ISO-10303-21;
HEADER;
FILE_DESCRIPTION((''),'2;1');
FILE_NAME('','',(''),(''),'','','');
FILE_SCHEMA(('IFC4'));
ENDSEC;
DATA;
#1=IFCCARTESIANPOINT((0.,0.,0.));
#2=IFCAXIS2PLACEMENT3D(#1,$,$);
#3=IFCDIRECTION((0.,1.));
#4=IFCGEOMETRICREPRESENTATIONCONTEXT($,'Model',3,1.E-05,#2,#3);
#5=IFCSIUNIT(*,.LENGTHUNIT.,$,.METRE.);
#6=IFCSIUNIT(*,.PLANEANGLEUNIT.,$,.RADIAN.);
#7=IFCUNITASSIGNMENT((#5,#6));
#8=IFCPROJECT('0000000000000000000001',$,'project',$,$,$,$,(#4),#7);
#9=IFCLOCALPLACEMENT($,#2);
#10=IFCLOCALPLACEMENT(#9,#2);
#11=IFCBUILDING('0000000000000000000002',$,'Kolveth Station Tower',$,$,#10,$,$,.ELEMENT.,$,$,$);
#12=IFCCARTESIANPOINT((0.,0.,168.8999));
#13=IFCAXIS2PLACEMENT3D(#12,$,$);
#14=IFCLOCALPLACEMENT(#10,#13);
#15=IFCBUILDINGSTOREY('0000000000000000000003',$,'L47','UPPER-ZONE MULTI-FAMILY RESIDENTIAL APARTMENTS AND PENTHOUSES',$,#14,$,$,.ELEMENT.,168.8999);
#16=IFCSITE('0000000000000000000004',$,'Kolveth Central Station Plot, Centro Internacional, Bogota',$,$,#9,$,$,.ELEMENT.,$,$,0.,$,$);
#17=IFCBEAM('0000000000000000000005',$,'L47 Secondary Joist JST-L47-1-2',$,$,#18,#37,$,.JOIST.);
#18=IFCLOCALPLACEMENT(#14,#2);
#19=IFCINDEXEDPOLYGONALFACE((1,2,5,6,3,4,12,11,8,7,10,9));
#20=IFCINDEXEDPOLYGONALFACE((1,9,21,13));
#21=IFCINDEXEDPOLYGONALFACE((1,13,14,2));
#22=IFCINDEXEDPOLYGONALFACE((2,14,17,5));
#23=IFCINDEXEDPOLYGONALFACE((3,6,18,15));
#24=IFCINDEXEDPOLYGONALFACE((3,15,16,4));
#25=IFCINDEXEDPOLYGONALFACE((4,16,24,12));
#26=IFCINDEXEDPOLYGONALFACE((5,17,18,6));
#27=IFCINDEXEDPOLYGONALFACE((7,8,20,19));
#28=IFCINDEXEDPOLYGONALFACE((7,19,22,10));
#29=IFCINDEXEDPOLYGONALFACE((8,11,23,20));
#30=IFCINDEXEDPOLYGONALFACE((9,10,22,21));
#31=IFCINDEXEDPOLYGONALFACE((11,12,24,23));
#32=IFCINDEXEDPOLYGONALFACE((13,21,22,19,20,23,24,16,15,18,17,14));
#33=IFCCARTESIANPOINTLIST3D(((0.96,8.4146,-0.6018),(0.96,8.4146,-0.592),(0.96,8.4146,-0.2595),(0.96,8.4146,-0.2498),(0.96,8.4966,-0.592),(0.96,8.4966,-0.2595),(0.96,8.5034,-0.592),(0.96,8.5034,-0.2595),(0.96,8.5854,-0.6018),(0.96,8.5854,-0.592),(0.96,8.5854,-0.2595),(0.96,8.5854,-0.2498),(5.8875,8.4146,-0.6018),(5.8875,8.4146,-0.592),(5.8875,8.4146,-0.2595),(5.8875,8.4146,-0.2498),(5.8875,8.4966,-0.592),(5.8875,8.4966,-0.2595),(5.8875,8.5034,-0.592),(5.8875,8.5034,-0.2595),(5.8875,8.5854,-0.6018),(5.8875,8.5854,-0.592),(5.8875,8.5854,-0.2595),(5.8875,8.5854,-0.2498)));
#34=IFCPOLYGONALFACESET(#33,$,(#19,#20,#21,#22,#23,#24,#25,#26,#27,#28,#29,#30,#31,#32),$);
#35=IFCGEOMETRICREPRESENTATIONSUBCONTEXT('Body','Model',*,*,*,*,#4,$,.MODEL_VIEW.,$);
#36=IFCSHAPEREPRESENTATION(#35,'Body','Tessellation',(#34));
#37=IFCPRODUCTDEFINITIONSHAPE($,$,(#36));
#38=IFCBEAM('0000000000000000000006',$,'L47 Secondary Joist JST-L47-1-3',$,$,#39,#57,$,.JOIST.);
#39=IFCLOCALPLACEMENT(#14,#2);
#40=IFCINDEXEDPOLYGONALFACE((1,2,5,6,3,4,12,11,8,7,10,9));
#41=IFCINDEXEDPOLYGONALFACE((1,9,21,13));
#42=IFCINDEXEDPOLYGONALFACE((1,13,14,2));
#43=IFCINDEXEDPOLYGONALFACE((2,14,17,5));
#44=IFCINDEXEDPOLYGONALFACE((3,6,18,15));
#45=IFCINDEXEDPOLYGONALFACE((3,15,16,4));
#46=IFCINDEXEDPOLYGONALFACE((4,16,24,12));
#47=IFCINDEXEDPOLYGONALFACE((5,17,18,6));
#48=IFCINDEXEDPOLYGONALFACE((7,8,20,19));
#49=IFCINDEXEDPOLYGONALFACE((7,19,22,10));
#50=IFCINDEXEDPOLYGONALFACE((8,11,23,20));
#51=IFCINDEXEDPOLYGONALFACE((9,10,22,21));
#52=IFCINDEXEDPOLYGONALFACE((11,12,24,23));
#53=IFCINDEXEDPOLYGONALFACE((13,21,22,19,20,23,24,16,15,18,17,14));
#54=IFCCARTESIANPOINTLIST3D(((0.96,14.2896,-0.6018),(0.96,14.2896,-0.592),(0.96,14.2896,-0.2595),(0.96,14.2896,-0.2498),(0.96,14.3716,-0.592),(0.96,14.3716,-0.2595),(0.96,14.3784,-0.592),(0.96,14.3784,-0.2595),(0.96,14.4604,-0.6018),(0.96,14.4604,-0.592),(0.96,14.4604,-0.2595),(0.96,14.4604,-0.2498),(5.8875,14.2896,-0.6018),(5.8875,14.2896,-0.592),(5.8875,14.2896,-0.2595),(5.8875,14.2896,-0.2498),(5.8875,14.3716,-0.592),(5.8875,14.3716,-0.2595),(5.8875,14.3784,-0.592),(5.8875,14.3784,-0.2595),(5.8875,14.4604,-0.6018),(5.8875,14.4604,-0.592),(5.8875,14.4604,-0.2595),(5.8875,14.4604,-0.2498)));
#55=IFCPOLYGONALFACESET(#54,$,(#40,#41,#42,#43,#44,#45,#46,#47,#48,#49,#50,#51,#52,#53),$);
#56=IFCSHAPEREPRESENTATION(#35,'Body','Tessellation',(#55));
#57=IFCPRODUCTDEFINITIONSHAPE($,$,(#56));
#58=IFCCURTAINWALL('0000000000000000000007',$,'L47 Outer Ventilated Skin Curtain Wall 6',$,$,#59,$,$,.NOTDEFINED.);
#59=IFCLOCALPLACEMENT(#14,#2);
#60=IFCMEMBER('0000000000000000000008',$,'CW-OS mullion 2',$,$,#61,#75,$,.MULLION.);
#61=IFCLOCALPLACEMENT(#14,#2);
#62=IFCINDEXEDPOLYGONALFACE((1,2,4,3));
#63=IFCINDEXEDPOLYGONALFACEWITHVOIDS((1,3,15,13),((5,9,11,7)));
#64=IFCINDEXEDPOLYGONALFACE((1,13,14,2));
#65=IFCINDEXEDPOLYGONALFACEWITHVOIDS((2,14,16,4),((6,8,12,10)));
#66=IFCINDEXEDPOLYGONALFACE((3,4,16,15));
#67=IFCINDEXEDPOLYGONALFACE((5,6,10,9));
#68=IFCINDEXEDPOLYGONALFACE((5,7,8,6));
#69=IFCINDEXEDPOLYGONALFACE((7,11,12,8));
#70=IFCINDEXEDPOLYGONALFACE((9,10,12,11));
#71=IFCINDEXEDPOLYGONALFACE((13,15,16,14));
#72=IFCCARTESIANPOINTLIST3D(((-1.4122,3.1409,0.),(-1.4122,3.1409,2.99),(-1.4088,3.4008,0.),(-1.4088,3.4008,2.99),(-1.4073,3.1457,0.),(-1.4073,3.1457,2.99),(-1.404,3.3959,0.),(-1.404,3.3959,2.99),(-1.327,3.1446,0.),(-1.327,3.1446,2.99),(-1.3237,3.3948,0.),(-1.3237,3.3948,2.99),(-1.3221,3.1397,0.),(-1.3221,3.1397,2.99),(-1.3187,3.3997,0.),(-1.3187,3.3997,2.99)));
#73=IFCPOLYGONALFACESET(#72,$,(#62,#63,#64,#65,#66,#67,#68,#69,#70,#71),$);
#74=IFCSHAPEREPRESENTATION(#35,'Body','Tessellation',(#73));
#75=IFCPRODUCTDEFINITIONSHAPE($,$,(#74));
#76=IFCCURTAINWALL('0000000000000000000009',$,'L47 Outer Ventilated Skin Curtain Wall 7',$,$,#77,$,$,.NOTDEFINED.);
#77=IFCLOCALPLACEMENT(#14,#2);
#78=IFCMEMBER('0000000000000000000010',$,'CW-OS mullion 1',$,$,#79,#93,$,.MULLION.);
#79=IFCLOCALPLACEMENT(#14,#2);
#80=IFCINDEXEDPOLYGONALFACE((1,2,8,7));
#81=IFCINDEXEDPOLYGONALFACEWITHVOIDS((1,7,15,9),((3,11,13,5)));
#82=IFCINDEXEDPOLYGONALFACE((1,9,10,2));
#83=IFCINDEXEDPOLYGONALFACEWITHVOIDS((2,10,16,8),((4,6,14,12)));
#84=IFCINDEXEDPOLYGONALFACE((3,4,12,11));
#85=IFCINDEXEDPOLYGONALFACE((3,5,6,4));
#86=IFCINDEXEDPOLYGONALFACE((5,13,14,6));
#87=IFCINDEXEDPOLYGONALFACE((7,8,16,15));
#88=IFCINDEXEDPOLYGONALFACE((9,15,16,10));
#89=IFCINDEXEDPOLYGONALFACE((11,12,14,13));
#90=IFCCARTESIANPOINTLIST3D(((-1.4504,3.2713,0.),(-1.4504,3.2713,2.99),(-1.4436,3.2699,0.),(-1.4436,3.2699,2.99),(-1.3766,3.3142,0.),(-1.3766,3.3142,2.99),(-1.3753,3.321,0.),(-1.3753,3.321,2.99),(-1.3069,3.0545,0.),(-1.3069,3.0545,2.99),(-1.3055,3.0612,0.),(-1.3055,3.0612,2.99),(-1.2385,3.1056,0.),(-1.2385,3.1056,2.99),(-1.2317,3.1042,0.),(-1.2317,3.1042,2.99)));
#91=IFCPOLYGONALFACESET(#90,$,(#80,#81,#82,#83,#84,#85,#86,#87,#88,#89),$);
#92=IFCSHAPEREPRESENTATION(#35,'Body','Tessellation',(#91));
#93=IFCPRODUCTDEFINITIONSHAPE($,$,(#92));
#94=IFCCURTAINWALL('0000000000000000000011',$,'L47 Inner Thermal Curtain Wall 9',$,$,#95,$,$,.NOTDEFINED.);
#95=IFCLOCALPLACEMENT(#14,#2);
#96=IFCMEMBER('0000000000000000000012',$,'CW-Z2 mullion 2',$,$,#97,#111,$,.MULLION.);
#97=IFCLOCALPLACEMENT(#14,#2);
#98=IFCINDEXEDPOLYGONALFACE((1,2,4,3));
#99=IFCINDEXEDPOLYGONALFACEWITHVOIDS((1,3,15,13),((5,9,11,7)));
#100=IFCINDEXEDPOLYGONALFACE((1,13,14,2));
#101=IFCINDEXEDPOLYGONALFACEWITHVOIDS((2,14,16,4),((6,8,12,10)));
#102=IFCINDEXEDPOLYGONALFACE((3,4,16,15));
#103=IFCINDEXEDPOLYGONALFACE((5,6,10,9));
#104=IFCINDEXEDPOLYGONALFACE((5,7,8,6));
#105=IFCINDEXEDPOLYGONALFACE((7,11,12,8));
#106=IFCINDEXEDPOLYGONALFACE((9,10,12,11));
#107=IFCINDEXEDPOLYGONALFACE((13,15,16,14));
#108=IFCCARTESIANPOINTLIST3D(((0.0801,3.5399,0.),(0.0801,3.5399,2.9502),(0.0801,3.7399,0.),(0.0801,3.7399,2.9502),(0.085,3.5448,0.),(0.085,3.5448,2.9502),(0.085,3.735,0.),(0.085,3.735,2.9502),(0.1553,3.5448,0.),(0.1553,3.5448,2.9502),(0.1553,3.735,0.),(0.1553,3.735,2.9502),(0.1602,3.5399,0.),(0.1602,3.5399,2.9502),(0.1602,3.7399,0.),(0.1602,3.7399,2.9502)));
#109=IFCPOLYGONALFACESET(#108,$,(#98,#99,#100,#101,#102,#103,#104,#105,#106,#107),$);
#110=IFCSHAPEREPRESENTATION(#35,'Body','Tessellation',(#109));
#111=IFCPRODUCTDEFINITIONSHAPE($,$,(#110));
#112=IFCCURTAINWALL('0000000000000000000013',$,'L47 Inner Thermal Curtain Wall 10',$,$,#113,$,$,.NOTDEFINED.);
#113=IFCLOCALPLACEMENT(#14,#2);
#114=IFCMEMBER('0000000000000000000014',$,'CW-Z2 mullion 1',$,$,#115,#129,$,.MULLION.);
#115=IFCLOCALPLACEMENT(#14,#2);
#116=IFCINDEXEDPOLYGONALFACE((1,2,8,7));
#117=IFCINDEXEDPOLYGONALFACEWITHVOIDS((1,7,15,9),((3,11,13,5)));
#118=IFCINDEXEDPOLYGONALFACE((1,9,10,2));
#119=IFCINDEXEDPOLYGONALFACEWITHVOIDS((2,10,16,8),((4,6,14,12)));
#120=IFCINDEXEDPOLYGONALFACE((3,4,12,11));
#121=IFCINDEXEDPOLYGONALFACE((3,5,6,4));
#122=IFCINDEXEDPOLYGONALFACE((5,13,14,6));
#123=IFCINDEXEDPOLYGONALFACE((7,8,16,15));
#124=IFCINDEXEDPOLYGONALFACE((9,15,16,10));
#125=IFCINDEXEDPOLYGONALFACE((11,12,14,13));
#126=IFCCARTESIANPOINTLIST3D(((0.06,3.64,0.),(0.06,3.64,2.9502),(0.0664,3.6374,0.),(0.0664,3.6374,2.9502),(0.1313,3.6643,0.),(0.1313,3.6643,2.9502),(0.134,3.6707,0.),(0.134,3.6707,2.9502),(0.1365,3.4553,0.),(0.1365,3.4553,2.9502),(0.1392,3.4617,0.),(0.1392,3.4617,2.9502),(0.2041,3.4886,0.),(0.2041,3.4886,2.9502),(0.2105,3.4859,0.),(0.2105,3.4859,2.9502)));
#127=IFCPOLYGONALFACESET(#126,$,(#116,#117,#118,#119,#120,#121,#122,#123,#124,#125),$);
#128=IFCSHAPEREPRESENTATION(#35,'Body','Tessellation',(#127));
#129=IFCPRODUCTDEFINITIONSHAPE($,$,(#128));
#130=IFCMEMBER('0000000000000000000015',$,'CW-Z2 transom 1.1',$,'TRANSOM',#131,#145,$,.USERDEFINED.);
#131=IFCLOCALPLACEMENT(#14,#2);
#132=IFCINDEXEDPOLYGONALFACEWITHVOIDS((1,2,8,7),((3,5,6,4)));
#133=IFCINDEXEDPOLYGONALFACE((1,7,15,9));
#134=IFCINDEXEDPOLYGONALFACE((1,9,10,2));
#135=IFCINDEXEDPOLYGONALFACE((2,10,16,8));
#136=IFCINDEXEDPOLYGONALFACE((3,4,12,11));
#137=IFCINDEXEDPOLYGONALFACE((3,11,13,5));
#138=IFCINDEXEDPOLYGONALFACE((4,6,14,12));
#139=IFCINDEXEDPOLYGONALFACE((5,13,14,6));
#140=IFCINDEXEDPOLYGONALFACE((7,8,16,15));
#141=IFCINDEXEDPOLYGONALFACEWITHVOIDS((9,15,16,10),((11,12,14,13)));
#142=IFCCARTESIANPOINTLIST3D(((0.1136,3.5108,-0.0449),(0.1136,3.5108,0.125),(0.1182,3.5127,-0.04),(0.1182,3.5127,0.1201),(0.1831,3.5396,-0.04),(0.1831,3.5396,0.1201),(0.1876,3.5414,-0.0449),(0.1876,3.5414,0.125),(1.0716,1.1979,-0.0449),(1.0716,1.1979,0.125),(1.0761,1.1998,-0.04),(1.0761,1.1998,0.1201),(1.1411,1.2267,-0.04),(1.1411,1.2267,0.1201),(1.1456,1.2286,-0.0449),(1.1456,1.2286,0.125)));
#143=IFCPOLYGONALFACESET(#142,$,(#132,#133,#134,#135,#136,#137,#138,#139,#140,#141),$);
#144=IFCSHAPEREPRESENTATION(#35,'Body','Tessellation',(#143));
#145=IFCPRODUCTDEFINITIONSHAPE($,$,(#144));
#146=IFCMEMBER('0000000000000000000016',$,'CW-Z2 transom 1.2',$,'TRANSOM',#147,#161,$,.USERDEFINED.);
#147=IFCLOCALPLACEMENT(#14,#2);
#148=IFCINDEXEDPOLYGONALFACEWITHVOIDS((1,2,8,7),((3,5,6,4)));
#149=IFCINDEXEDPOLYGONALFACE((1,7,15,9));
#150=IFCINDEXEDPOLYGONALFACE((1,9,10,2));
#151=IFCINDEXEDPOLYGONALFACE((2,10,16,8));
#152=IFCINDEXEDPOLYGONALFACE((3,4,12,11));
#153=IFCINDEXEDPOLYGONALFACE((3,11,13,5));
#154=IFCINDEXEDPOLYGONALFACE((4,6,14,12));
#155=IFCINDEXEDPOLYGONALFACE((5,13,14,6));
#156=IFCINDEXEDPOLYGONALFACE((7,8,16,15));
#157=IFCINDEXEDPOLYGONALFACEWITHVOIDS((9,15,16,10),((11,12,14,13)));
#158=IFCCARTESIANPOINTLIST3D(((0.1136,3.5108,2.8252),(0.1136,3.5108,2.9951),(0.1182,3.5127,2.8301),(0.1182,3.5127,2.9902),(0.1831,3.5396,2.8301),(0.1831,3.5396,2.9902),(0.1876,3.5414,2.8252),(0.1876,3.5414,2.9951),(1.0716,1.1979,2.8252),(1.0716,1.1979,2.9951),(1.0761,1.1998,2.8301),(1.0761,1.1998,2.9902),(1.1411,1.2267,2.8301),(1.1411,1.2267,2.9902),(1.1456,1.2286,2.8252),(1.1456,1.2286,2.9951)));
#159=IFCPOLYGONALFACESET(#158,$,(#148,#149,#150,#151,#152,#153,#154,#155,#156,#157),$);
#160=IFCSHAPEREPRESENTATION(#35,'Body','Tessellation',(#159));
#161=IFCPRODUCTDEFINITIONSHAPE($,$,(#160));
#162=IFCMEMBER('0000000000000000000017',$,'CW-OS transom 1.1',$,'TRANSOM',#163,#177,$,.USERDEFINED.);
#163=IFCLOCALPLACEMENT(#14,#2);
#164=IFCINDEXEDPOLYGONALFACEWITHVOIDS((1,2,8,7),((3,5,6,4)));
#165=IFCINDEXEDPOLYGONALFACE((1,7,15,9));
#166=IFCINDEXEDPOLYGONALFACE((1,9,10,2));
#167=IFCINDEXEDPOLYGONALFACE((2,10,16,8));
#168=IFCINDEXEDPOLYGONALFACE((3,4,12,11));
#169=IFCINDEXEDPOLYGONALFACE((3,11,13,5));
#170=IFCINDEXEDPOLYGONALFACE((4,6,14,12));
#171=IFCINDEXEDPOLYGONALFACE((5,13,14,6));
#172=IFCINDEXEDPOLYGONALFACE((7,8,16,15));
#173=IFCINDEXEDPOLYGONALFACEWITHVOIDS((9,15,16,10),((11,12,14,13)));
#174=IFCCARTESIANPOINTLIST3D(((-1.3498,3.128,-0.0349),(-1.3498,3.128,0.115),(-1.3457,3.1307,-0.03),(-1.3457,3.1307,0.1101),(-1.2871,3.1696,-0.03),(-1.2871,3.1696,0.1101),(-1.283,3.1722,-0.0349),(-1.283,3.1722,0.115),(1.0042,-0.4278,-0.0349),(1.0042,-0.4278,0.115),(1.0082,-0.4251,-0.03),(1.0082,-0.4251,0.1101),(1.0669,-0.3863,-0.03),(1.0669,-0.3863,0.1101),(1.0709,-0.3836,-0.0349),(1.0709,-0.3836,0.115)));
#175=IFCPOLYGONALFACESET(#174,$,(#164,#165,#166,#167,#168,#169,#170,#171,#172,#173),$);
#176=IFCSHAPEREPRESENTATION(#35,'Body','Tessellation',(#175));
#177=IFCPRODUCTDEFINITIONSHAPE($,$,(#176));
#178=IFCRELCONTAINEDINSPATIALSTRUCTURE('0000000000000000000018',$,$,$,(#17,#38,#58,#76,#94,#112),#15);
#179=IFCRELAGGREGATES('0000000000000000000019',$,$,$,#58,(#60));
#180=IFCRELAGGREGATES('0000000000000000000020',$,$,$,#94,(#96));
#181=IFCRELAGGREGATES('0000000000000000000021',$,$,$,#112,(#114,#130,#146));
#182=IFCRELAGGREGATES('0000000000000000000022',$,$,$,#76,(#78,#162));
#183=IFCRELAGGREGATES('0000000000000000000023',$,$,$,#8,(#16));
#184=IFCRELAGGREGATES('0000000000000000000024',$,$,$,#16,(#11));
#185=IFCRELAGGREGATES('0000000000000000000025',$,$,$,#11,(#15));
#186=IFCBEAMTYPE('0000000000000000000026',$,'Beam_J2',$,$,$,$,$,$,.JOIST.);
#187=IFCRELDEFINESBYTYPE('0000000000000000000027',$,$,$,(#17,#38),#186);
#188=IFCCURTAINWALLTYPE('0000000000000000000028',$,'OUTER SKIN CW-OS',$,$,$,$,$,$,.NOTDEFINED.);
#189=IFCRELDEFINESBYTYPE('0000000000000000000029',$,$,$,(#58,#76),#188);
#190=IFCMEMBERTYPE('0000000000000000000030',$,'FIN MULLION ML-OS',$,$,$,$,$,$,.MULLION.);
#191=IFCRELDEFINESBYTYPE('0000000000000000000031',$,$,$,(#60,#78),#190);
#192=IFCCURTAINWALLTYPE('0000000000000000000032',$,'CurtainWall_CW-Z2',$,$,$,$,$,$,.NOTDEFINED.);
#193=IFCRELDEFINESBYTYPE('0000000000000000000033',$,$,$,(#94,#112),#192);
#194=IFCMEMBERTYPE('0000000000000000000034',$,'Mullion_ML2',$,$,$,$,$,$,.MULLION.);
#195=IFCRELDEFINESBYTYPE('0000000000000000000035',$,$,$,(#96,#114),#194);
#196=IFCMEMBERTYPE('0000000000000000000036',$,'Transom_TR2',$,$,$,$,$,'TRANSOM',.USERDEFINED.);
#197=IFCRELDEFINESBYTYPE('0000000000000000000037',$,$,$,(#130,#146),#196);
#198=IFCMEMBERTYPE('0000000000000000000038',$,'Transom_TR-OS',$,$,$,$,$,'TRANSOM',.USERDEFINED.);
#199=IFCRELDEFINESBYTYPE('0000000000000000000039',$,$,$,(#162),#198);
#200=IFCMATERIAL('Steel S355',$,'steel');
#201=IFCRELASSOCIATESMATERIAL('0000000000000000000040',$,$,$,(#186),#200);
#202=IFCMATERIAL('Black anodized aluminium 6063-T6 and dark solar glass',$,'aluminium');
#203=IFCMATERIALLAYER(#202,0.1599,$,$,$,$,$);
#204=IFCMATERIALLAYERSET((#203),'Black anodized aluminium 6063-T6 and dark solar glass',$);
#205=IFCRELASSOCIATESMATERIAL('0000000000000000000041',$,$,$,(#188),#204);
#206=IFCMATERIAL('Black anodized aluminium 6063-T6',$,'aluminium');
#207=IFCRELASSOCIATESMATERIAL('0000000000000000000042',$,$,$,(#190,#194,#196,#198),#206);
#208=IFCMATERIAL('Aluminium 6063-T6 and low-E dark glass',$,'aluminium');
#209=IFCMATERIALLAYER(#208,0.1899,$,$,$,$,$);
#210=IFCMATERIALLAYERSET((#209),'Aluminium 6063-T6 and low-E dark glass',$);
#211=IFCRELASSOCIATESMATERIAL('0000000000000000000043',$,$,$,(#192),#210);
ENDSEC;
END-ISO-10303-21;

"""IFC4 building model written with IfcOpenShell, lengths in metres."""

from ifc_helpers import new_model, si_unit, direction, frame, origin, origin_2d, place, context, subcontext, project, spatial, hollow_rectangle, i_section, extrude, source, transform, mapped, material, layer, layer_set, material_profile, profile_set, type_object, element, aggregate, save


model = new_model("IFC4")

# Units and contexts
model_context = context("Model", 3, precision=1e-05, world=origin(), true_north=direction((0.0, 1.0)))
body_context = subcontext(model_context, "Body", "Model", "MODEL_VIEW")
ifc_project = project(units=[si_unit("LENGTHUNIT", "METRE"), si_unit("PLANEANGLEUNIT", "RADIAN")], contexts=[model_context])

# Site, building, storey
site_placement = place(None, origin())
site = spatial("IfcSite", under=ifc_project, at=site_placement, Name="Kolveth Central Station Plot, Centro Internacional, Bogota", CompositionType="ELEMENT", RefElevation=0.0)
building_placement = place(site_placement, origin())
building = spatial("IfcBuilding", under=site, at=building_placement, Name="Kolveth Station Tower", CompositionType="ELEMENT")
storey_placement = place(building_placement, frame((0.0, 0.0, 168.8999)))
storey = spatial("IfcBuildingStorey", under=building, at=storey_placement, Name="L47", Description="UPPER-ZONE MULTI-FAMILY RESIDENTIAL APARTMENTS AND PENTHOUSES", CompositionType="ELEMENT", Elevation=168.8999)

# Shared definitions
ifc_material_1 = material(Name="Steel S355", Category="steel")

# Beams
ifc_material_profile_1 = material_profile(ifc_material_1, i_section(OverallWidth=0.1709, OverallDepth=0.3521, WebThickness=0.0068, FlangeThickness=0.0098, at=origin_2d()), Name="W360x44")
ifc_profile_set_1 = profile_set([ifc_material_profile_1], Name="Steel S355")
beam_type_1 = type_object("IfcBeamType", Name="Beam_J2", PredefinedType="JOIST", material=ifc_profile_set_1)
shared_shape_1 = source(origin(), body_context, "Body", "SweptSolid", [
    extrude(i_section(OverallWidth=0.1709, OverallDepth=0.3521, WebThickness=0.0068, FlangeThickness=0.0098, at=origin_2d()), origin(), (0.0, 0.0, 1.0), 4.9275),
])
for number, where, z_axis, x_axis, name in (
    (1, (0.96, 8.5, -0.4258), (1.0, 0.0, 0.0), (0.0, 1.0, 0.0), "L47 Secondary Joist JST-L47-1-2"),
    (2, (0.96, 14.375, -0.4258), (1.0, 0.0, 0.0), (0.0, 1.0, 0.0), "L47 Secondary Joist JST-L47-1-3"),
):
    element("IfcBeam", number, at=place(storey_placement, frame(where, z_axis=z_axis, x_axis=x_axis)), inside=storey, type_object=beam_type_1, Name=name, PredefinedType="JOIST", context=body_context, shape_type="MappedRepresentation", body=[
        mapped(shared_shape_1, transform((0.0, 0.0, 0.0), x_axis=(1.0, 0.0, 0.0), y_axis=(0.0, 1.0, 0.0), z_axis=(0.0, 0.0, 1.0), scale=1.0)),
    ])

# Curtain walls, members
ifc_material_2 = material(Name="Black anodized aluminium 6063-T6 and dark solar glass", Category="aluminium")
ifc_layer_1 = layer(ifc_material_2, 0.1599)
ifc_layer_set_1 = layer_set([ifc_layer_1], Name="Black anodized aluminium 6063-T6 and dark solar glass")
curtain_wall_type_1 = type_object("IfcCurtainWallType", Name="OUTER SKIN CW-OS", PredefinedType="NOTDEFINED", material=ifc_layer_set_1)
curtain_wall_1_placement = place(storey_placement, origin())
curtain_wall_1 = element("IfcCurtainWall", 3, at=curtain_wall_1_placement, inside=storey, type_object=curtain_wall_type_1, Name="L47 Outer Ventilated Skin Curtain Wall 6", PredefinedType="NOTDEFINED")
ifc_material_3 = material(Name="Black anodized aluminium 6063-T6", Category="aluminium")
ifc_material_profile_2 = material_profile(ifc_material_3, hollow_rectangle(XDim=0.0901, YDim=0.26, WallThickness=0.0049, at=origin_2d()), Name="ALU-90x260x5")
ifc_profile_set_2 = profile_set([ifc_material_profile_2], Name="Black anodized aluminium 6063-T6")
member_type_1 = type_object("IfcMemberType", Name="FIN MULLION ML-OS", PredefinedType="MULLION", material=ifc_profile_set_2)
shared_shape_2 = source(origin(), body_context, "Body", "SweptSolid", [
    extrude(hollow_rectangle(XDim=0.0901, YDim=0.26, WallThickness=0.0049, at=origin_2d()), origin(), (0.0, 0.0, 1.0), 2.99),
])
member_1_placement = place(storey_placement, frame((-1.3655, 3.2703, 0.0), z_axis=(0.0, 0.0, 1.0), x_axis=(0.999915, -0.013074, 0.0)))
member_1 = element("IfcMember", 4, at=member_1_placement, type_object=member_type_1, Name="CW-OS mullion 2", PredefinedType="MULLION", context=body_context, shape_type="MappedRepresentation", body=[
    mapped(shared_shape_2, transform((0.0, 0.0, 0.0), x_axis=(1.0, 0.0, 0.0), y_axis=(0.0, 1.0, 0.0), z_axis=(0.0, 0.0, 1.0), scale=1.0)),
])
aggregate(curtain_wall_1, [member_1])
curtain_wall_2_placement = place(storey_placement, origin())
curtain_wall_2 = element("IfcCurtainWall", 5, at=curtain_wall_2_placement, inside=storey, type_object=curtain_wall_type_1, Name="L47 Outer Ventilated Skin Curtain Wall 7", PredefinedType="NOTDEFINED")
member_2_placement = place(storey_placement, frame((-1.3411, 3.1877, 0.0), z_axis=(0.0, 0.0, 1.0), x_axis=(0.833856, 0.551982, 0.0)))
member_2 = element("IfcMember", 6, at=member_2_placement, type_object=member_type_1, Name="CW-OS mullion 1", PredefinedType="MULLION", context=body_context, shape_type="MappedRepresentation", body=[
    mapped(shared_shape_2, transform((0.0, 0.0, 0.0), x_axis=(1.0, 0.0, 0.0), y_axis=(0.0, 1.0, 0.0), z_axis=(0.0, 0.0, 1.0), scale=1.0)),
])
ifc_material_4 = material(Name="Aluminium 6063-T6 and low-E dark glass", Category="aluminium")
ifc_layer_2 = layer(ifc_material_4, 0.1899)
ifc_layer_set_2 = layer_set([ifc_layer_2], Name="Aluminium 6063-T6 and low-E dark glass")
curtain_wall_type_2 = type_object("IfcCurtainWallType", Name="CurtainWall_CW-Z2", PredefinedType="NOTDEFINED", material=ifc_layer_set_2)
curtain_wall_3_placement = place(storey_placement, origin())
curtain_wall_3 = element("IfcCurtainWall", 7, at=curtain_wall_3_placement, inside=storey, type_object=curtain_wall_type_2, Name="L47 Inner Thermal Curtain Wall 9", PredefinedType="NOTDEFINED")
ifc_material_profile_3 = material_profile(ifc_material_3, hollow_rectangle(XDim=0.0801, YDim=0.2, WallThickness=0.0049, at=origin_2d()), Name="ALU-80x200x5")
ifc_profile_set_3 = profile_set([ifc_material_profile_3], Name="Black anodized aluminium 6063-T6")
member_type_2 = type_object("IfcMemberType", Name="Mullion_ML2", PredefinedType="MULLION", material=ifc_profile_set_3)
shared_shape_3 = source(origin(), body_context, "Body", "SweptSolid", [
    extrude(hollow_rectangle(XDim=0.0801, YDim=0.2, WallThickness=0.0049, at=origin_2d()), origin(), (0.0, 0.0, 1.0), 2.9502),
])
member_3_placement = place(storey_placement, frame((0.1201, 3.6399, 0.0), z_axis=(0.0, 0.0, 1.0), x_axis=(1.0, 0.0, 0.0)))
member_3 = element("IfcMember", 8, at=member_3_placement, type_object=member_type_2, Name="CW-Z2 mullion 2", PredefinedType="MULLION", context=body_context, shape_type="MappedRepresentation", body=[
    mapped(shared_shape_3, transform((0.0, 0.0, 0.0), x_axis=(1.0, 0.0, 0.0), y_axis=(0.0, 1.0, 0.0), z_axis=(0.0, 0.0, 1.0), scale=1.0)),
])
aggregate(curtain_wall_3, [member_3])

# Curtain wall, members
curtain_wall_4_placement = place(storey_placement, origin())
curtain_wall_4 = element("IfcCurtainWall", 9, at=curtain_wall_4_placement, inside=storey, type_object=curtain_wall_type_2, Name="L47 Inner Thermal Curtain Wall 10", PredefinedType="NOTDEFINED")
member_4_placement = place(storey_placement, frame((0.1353, 3.563, 0.0), z_axis=(0.0, 0.0, 1.0), x_axis=(0.923874, 0.382698, 0.0)))
member_4 = element("IfcMember", 10, at=member_4_placement, type_object=member_type_2, Name="CW-Z2 mullion 1", PredefinedType="MULLION", context=body_context, shape_type="MappedRepresentation", body=[
    mapped(shared_shape_3, transform((0.0, 0.0, 0.0), x_axis=(1.0, 0.0, 0.0), y_axis=(0.0, 1.0, 0.0), z_axis=(0.0, 0.0, 1.0), scale=1.0)),
])
ifc_material_profile_4 = material_profile(ifc_material_3, hollow_rectangle(XDim=0.0801, YDim=0.1699, WallThickness=0.0049, at=origin_2d()), Name="ALU-80x170x5")
ifc_profile_set_4 = profile_set([ifc_material_profile_4], Name="Black anodized aluminium 6063-T6")
member_type_3 = type_object("IfcMemberType", Name="Transom_TR2", ElementType="TRANSOM", PredefinedType="USERDEFINED", material=ifc_profile_set_4)
shared_shape_4 = source(origin(), body_context, "Body", "SweptSolid", [
    extrude(hollow_rectangle(XDim=0.0801, YDim=0.1699, WallThickness=0.0049, at=origin_2d()), origin(), (0.0, 0.0, 1.0), 2.5034),
])
member_5_placement = place(storey_placement, frame((0.1506, 3.5261, 0.04), z_axis=(0.382662, -0.923888, 0.0), x_axis=(0.923888, 0.382662, 0.0)))
member_5 = element("IfcMember", 11, at=member_5_placement, type_object=member_type_3, Name="CW-Z2 transom 1.1", ObjectType="TRANSOM", PredefinedType="USERDEFINED", context=body_context, shape_type="MappedRepresentation", body=[
    mapped(shared_shape_4, transform((0.0, 0.0, 0.0), x_axis=(1.0, 0.0, 0.0), y_axis=(0.0, 1.0, 0.0), z_axis=(0.0, 0.0, 1.0), scale=1.0)),
])
member_6_placement = place(storey_placement, frame((0.1506, 3.5261, 2.9102), z_axis=(0.382662, -0.923888, 0.0), x_axis=(0.923888, 0.382662, 0.0)))
member_6 = element("IfcMember", 12, at=member_6_placement, type_object=member_type_3, Name="CW-Z2 transom 1.2", ObjectType="TRANSOM", PredefinedType="USERDEFINED", context=body_context, shape_type="MappedRepresentation", body=[
    mapped(shared_shape_4, transform((0.0, 0.0, 0.0), x_axis=(1.0, 0.0, 0.0), y_axis=(0.0, 1.0, 0.0), z_axis=(0.0, 0.0, 1.0), scale=1.0)),
])
aggregate(curtain_wall_4, [member_4, member_5, member_6])

# Member
ifc_material_profile_5 = material_profile(ifc_material_3, hollow_rectangle(XDim=0.0801, YDim=0.1499, WallThickness=0.0049, at=origin_2d()), Name="ALU-80x150x5")
ifc_profile_set_5 = profile_set([ifc_material_profile_5], Name="Black anodized aluminium 6063-T6")
member_type_4 = type_object("IfcMemberType", Name="Transom_TR-OS", ElementType="TRANSOM", PredefinedType="USERDEFINED", material=ifc_profile_set_5)
shared_shape_5 = source(origin(), body_context, "Body", "SweptSolid", [
    extrude(hollow_rectangle(XDim=0.0801, YDim=0.1499, WallThickness=0.0049, at=origin_2d()), origin(), (0.0, 0.0, 1.0), 4.2644),
])
member_7_placement = place(storey_placement, frame((-1.3164, 3.1501, 0.04), z_axis=(0.552002, -0.833843, 0.0), x_axis=(0.833843, 0.552002, 0.0)))
member_7 = element("IfcMember", 13, at=member_7_placement, type_object=member_type_4, Name="CW-OS transom 1.1", ObjectType="TRANSOM", PredefinedType="USERDEFINED", context=body_context, shape_type="MappedRepresentation", body=[
    mapped(shared_shape_5, transform((0.0, 0.0, 0.0), x_axis=(1.0, 0.0, 0.0), y_axis=(0.0, 1.0, 0.0), z_axis=(0.0, 0.0, 1.0), scale=1.0)),
])
aggregate(curtain_wall_2, [member_2, member_7])

save(model, "model.ifc")
